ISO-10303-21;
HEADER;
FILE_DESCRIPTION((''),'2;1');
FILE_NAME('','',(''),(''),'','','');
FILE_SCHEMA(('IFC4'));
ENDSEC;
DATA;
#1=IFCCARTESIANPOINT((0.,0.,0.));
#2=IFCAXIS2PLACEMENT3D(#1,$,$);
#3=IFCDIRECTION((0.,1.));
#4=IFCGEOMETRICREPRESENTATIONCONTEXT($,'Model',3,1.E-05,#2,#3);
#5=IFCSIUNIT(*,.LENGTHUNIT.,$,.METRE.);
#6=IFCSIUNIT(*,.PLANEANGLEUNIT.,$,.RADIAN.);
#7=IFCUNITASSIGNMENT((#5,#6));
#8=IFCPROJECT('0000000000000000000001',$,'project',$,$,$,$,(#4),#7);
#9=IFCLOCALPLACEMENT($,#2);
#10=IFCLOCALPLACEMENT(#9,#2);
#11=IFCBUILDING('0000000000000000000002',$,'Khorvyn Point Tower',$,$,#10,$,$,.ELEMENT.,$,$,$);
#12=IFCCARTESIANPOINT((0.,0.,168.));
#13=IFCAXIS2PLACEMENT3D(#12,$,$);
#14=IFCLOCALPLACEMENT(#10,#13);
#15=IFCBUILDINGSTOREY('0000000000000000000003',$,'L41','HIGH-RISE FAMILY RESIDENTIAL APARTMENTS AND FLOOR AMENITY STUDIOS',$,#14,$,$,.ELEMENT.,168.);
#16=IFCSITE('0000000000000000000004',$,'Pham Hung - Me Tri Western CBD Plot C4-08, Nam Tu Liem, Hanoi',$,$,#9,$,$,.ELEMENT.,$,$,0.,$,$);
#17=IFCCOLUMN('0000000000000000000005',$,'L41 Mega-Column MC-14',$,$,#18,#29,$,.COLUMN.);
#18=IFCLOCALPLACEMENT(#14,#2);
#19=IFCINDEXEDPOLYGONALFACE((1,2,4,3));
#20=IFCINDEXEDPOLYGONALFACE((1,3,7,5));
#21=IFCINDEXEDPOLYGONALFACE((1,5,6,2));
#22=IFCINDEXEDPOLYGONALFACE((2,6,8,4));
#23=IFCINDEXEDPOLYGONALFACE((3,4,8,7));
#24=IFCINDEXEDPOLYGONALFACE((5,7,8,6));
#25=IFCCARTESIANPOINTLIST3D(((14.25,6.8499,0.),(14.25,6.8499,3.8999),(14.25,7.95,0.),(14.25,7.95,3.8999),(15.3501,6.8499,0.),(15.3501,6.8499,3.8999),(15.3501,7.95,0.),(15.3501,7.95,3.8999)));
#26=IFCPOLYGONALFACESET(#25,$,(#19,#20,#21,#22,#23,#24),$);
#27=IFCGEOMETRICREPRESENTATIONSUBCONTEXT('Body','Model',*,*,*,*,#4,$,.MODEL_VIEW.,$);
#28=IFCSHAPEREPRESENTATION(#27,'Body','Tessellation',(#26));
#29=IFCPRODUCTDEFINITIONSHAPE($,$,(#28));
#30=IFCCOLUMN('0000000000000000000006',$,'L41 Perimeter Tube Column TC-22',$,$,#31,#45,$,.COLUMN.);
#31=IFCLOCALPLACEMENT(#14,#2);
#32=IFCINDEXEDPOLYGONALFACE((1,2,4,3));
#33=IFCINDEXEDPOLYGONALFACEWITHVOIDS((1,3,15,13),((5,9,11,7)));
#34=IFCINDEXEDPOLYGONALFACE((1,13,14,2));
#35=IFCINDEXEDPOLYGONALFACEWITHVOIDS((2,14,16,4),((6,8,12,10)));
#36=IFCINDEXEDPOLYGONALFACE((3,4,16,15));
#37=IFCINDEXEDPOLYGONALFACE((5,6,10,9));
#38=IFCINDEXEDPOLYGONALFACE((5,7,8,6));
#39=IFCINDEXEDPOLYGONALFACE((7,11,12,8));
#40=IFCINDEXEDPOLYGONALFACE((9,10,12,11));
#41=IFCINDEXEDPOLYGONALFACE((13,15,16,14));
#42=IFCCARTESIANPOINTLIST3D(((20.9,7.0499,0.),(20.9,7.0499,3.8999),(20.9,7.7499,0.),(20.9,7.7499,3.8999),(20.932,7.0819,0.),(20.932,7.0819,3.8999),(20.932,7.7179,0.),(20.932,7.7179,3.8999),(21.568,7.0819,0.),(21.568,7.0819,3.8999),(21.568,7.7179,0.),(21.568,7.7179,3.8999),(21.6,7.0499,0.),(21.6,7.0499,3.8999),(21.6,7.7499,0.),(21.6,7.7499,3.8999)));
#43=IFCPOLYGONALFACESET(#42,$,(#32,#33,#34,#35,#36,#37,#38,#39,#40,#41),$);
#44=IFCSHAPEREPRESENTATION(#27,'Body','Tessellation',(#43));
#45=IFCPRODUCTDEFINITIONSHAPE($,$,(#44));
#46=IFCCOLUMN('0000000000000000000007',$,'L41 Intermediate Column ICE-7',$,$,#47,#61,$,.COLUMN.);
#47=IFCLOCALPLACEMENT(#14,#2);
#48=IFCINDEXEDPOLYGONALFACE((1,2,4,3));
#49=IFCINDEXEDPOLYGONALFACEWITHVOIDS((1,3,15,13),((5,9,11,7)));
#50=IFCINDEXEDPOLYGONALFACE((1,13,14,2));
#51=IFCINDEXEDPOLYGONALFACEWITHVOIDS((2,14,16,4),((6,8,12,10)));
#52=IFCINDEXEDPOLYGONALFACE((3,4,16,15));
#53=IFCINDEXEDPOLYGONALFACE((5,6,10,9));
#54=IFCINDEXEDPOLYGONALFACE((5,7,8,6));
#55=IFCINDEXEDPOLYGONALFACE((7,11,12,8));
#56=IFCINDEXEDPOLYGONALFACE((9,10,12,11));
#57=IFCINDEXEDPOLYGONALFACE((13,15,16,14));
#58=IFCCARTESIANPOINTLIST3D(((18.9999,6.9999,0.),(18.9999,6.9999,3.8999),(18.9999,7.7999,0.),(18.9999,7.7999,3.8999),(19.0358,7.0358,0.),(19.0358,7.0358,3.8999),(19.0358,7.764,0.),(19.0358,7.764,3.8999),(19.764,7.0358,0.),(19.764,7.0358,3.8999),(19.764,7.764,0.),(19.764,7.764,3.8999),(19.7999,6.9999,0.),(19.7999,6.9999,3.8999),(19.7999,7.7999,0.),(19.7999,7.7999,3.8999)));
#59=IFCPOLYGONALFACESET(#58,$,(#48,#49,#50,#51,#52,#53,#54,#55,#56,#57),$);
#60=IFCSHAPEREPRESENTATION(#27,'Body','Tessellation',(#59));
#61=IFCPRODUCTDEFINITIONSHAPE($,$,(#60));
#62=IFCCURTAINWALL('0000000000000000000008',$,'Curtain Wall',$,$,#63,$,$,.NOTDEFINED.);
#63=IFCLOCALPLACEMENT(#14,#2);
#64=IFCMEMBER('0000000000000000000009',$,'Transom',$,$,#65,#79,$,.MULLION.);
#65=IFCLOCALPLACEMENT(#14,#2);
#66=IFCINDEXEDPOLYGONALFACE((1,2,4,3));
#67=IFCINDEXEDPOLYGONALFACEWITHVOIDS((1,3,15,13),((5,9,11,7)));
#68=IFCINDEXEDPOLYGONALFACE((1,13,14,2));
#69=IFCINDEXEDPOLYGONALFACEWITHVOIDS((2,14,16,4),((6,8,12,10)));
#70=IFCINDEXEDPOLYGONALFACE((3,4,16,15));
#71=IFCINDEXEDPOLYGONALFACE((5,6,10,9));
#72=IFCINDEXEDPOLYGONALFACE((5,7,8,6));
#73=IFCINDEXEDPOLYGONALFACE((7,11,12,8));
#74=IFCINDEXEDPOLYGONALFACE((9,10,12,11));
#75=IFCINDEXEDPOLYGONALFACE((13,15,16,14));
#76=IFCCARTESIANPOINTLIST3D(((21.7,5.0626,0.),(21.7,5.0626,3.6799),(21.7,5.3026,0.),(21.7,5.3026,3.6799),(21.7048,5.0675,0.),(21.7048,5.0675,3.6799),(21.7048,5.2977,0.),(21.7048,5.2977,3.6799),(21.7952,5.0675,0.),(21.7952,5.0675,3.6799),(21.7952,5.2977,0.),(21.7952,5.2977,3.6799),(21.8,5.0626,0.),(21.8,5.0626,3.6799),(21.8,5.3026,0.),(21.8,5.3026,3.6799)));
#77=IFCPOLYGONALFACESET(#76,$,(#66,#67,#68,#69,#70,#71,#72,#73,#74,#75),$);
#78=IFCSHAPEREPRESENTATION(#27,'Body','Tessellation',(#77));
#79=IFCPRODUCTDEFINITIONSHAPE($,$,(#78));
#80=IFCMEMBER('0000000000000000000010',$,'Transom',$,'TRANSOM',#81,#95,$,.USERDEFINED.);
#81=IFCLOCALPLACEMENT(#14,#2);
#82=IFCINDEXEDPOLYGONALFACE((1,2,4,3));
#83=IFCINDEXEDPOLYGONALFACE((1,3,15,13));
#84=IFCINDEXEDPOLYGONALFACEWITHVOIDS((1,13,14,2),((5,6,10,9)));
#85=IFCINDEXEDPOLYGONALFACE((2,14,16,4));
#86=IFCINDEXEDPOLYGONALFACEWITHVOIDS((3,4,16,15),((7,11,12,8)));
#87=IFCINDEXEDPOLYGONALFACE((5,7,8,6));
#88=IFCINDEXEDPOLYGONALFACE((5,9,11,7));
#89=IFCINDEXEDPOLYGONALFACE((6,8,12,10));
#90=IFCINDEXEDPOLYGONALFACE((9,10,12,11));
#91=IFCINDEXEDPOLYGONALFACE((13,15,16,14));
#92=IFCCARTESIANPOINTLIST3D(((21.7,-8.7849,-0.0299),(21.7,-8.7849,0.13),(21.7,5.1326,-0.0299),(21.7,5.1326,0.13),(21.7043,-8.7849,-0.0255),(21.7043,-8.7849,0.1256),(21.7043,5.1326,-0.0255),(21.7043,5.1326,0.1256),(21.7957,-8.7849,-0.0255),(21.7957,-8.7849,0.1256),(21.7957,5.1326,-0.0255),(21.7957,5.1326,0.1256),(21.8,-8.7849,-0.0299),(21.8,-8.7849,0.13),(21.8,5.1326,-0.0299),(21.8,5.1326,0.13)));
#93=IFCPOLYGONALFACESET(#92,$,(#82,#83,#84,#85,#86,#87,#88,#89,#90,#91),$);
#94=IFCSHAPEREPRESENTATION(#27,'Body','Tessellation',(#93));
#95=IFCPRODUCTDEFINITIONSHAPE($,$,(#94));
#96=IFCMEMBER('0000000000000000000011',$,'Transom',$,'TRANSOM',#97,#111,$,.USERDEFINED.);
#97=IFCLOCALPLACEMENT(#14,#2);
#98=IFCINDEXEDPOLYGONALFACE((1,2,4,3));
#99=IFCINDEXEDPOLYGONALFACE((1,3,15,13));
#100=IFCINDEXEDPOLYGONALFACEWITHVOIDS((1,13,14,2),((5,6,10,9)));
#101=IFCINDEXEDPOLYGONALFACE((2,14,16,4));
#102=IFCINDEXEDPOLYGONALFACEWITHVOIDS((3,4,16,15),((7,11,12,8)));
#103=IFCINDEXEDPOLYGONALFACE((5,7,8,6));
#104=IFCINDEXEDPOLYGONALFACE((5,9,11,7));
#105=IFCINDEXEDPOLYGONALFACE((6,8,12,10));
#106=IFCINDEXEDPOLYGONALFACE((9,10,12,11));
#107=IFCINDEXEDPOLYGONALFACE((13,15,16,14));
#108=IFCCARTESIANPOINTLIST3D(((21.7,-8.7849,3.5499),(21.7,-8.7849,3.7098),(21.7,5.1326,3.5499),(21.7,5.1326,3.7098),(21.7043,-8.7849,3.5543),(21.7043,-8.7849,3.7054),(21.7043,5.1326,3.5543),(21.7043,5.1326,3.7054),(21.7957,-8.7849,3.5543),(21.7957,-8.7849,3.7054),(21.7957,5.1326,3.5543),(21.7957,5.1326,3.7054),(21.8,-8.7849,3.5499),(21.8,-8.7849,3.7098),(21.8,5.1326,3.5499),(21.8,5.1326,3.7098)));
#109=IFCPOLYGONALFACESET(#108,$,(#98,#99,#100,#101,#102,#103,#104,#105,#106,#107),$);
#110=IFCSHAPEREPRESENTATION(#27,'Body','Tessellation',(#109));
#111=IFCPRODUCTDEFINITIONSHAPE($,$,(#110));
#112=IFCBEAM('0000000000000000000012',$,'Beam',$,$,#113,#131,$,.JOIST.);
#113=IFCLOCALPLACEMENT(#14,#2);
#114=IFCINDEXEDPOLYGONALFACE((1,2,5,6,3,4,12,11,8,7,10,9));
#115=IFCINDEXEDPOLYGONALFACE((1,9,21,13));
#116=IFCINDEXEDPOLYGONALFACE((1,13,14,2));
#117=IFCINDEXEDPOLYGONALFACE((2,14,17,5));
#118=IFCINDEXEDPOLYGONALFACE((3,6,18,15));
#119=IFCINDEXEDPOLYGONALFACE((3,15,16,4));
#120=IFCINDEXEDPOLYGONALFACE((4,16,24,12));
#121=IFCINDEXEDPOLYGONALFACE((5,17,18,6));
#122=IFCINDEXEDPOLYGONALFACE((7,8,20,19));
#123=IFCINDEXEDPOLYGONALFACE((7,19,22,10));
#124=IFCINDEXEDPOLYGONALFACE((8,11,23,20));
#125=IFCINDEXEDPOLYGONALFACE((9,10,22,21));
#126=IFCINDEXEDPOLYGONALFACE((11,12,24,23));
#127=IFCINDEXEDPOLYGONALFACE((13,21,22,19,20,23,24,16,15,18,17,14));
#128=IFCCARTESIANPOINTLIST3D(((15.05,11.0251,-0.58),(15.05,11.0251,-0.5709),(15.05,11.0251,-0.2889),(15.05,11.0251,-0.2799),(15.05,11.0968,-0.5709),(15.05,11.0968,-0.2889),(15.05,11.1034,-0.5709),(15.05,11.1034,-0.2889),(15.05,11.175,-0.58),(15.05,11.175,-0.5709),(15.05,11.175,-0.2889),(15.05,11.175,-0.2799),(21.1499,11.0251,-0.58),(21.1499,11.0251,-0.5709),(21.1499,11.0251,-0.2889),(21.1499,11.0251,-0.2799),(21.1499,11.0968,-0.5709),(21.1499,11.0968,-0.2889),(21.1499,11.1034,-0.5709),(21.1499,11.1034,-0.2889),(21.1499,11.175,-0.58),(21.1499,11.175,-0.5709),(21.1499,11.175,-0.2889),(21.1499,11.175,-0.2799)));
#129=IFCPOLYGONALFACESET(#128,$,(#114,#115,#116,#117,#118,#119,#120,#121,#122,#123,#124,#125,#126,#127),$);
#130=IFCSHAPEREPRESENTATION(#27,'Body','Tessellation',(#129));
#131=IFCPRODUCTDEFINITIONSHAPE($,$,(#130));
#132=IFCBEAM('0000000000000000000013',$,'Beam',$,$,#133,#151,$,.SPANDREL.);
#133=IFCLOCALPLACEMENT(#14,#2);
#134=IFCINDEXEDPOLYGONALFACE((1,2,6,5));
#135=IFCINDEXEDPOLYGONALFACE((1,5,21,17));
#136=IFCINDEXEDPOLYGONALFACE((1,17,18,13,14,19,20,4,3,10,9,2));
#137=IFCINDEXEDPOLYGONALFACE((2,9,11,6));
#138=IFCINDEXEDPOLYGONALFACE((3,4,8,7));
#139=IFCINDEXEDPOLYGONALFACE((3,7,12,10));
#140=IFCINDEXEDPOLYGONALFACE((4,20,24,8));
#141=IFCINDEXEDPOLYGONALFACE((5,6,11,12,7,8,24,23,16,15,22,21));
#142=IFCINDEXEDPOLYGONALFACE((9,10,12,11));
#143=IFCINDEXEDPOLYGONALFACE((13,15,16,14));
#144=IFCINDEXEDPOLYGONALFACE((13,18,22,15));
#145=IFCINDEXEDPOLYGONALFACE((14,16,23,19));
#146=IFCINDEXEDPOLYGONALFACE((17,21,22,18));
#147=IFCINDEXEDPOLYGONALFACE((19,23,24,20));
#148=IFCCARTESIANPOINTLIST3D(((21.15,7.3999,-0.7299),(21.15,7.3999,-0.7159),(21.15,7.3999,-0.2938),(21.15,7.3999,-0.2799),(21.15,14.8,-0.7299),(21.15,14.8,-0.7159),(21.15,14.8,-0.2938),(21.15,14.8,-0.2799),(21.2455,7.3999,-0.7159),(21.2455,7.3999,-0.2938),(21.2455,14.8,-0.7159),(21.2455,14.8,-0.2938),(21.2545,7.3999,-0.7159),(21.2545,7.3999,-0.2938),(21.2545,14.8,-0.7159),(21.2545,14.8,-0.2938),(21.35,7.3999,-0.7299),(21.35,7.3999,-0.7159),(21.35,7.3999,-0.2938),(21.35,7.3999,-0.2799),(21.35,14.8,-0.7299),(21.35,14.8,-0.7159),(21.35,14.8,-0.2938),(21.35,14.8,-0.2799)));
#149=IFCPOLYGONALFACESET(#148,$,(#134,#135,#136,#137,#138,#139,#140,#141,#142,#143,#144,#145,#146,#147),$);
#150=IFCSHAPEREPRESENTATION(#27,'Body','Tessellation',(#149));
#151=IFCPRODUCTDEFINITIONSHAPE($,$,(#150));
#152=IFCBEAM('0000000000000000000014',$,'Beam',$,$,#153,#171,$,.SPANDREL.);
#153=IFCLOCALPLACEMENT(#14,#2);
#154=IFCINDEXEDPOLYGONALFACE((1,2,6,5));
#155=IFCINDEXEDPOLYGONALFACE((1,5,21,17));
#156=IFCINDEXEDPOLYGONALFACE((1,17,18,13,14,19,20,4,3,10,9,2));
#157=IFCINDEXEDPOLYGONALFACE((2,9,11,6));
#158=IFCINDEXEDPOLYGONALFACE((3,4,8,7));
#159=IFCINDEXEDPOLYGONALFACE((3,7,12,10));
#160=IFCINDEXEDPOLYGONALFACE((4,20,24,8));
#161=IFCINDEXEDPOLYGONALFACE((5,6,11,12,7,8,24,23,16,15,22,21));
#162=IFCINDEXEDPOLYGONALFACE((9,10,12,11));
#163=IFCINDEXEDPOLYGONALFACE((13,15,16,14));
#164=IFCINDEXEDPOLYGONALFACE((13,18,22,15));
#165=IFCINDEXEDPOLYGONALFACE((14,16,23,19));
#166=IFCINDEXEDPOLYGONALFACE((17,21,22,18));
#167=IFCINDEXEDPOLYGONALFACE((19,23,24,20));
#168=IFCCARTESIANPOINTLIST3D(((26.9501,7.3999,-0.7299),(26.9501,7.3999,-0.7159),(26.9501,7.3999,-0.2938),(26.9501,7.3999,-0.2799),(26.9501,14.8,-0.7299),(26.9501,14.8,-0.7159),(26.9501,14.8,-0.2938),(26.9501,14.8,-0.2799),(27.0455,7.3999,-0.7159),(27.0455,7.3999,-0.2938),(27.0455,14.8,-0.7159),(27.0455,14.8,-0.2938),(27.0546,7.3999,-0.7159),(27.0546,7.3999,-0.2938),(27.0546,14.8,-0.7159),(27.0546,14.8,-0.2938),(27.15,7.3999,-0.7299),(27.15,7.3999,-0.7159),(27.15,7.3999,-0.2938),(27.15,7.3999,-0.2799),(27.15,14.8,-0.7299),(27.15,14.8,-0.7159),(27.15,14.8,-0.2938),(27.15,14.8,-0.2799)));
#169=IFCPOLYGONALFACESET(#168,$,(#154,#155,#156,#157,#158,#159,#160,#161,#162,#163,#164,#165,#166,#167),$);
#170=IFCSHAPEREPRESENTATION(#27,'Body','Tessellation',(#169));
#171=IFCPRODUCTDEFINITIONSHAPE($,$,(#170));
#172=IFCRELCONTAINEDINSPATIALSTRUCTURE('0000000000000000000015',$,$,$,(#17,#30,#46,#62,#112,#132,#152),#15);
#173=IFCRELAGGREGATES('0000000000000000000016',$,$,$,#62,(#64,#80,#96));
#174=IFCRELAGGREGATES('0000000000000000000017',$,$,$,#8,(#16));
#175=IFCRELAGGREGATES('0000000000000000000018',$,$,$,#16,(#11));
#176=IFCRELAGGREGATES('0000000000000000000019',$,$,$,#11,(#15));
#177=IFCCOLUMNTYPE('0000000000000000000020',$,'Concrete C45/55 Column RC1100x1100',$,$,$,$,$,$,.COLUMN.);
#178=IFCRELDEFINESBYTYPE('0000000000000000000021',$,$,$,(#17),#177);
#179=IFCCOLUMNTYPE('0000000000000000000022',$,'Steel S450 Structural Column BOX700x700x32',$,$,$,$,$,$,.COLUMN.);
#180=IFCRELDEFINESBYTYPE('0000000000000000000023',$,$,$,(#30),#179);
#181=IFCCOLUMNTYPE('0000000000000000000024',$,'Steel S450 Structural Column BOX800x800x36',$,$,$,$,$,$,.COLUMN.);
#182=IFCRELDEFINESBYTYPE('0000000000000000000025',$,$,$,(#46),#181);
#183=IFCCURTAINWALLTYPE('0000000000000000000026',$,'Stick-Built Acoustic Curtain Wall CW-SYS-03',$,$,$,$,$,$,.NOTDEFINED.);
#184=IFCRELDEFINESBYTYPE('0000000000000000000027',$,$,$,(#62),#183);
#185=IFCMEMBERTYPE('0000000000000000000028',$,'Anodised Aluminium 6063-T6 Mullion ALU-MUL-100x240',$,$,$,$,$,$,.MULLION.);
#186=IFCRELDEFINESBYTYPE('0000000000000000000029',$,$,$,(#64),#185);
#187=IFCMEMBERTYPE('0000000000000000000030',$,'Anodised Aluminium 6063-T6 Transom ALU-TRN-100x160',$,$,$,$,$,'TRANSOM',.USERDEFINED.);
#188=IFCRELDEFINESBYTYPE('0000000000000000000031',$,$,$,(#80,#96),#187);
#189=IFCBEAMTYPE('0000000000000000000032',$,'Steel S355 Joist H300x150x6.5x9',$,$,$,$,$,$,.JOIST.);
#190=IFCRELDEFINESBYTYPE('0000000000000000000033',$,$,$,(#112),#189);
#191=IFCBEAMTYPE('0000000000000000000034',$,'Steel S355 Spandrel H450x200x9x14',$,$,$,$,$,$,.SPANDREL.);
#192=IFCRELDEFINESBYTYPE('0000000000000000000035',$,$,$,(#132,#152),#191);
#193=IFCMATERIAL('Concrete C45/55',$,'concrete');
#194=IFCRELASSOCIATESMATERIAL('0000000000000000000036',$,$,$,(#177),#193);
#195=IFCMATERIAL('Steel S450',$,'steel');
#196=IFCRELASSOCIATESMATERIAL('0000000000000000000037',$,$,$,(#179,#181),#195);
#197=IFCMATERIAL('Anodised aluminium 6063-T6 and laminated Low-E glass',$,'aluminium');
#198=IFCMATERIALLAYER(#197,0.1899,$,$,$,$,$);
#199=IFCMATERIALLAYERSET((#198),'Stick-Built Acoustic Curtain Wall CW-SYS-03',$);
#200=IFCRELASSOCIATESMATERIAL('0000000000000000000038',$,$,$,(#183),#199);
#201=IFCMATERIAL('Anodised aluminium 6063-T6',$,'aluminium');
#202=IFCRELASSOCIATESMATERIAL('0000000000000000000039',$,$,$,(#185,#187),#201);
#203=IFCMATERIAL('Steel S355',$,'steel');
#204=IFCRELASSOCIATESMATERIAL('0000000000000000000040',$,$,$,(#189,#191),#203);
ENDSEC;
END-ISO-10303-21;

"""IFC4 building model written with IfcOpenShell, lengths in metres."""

from ifc_helpers import new_model, si_unit, direction, frame, origin, origin_2d, place, context, subcontext, project, spatial, rectangle, hollow_rectangle, i_section, extrude, material, layer, layer_set, material_profile, profile_set, type_object, element, aggregate, save


model = new_model("IFC4")

# Units and contexts
model_context = context("Model", 3, precision=1e-05, world=origin(), true_north=direction((0.0, 1.0)))
body_context = subcontext(model_context, "Body", "Model", "MODEL_VIEW")
ifc_project = project(units=[si_unit("LENGTHUNIT", "METRE"), si_unit("PLANEANGLEUNIT", "RADIAN")], contexts=[model_context])

# Site, building, storey
site_placement = place(None, origin())
site = spatial("IfcSite", under=ifc_project, at=site_placement, Name="Pham Hung - Me Tri Western CBD Plot C4-08, Nam Tu Liem, Hanoi", CompositionType="ELEMENT", RefElevation=0.0)
building_placement = place(site_placement, origin())
building = spatial("IfcBuilding", under=site, at=building_placement, Name="Khorvyn Point Tower", CompositionType="ELEMENT")
storey_placement = place(building_placement, frame((0.0, 0.0, 168.0)))
storey = spatial("IfcBuildingStorey", under=building, at=storey_placement, Name="L41", Description="HIGH-RISE FAMILY RESIDENTIAL APARTMENTS AND FLOOR AMENITY STUDIOS", CompositionType="ELEMENT", Elevation=168.0)

# Columns
ifc_material_1 = material(Name="Concrete C45/55", Category="concrete")
ifc_material_profile_1 = material_profile(ifc_material_1, rectangle(XDim=1.1001, YDim=1.1001, at=origin_2d()))
ifc_profile_set_1 = profile_set([ifc_material_profile_1], Name="Concrete C45/55 RC1100x1100")
column_type_1 = type_object("IfcColumnType", Name="Concrete C45/55 Column RC1100x1100", PredefinedType="COLUMN", material=ifc_profile_set_1)
column_1_placement = place(storey_placement, frame((14.8, 7.3999, 0.0), z_axis=(0.0, 0.0, 1.0), x_axis=(1.0, 0.0, 0.0)))
element("IfcColumn", 1, at=column_1_placement, inside=storey, type_object=column_type_1, Name="L41 Mega-Column MC-14", PredefinedType="COLUMN", context=body_context, shape_type="SweptSolid", body=[
    extrude(rectangle(XDim=1.1001, YDim=1.1001, at=origin_2d()), origin(), (0.0, 0.0, 1.0), 3.8999),
])
ifc_material_2 = material(Name="Steel S450", Category="steel")
ifc_material_profile_2 = material_profile(ifc_material_2, hollow_rectangle(XDim=0.7, YDim=0.7, WallThickness=0.032, at=origin_2d()))
ifc_profile_set_2 = profile_set([ifc_material_profile_2], Name="Steel S450 BOX700x700x32")
column_type_2 = type_object("IfcColumnType", Name="Steel S450 Structural Column BOX700x700x32", PredefinedType="COLUMN", material=ifc_profile_set_2)
column_2_placement = place(storey_placement, frame((21.25, 7.3999, 0.0), z_axis=(0.0, 0.0, 1.0), x_axis=(1.0, 0.0, 0.0)))
element("IfcColumn", 2, at=column_2_placement, inside=storey, type_object=column_type_2, Name="L41 Perimeter Tube Column TC-22", PredefinedType="COLUMN", context=body_context, shape_type="SweptSolid", body=[
    extrude(hollow_rectangle(XDim=0.7, YDim=0.7, WallThickness=0.032, at=origin_2d()), origin(), (0.0, 0.0, 1.0), 3.8999),
])
ifc_material_profile_3 = material_profile(ifc_material_2, hollow_rectangle(XDim=0.8, YDim=0.8, WallThickness=0.0359, at=origin_2d()))
ifc_profile_set_3 = profile_set([ifc_material_profile_3], Name="Steel S450 BOX800x800x36")
column_type_3 = type_object("IfcColumnType", Name="Steel S450 Structural Column BOX800x800x36", PredefinedType="COLUMN", material=ifc_profile_set_3)
column_3_placement = place(storey_placement, frame((19.3999, 7.3999, 0.0), z_axis=(0.0, 0.0, 1.0), x_axis=(1.0, 0.0, 0.0)))
element("IfcColumn", 3, at=column_3_placement, inside=storey, type_object=column_type_3, Name="L41 Intermediate Column ICE-7", PredefinedType="COLUMN", context=body_context, shape_type="SweptSolid", body=[
    extrude(hollow_rectangle(XDim=0.8, YDim=0.8, WallThickness=0.0359, at=origin_2d()), origin(), (0.0, 0.0, 1.0), 3.8999),
])

# Curtain wall, members
ifc_material_3 = material(Name="Anodised aluminium 6063-T6 and laminated Low-E glass", Category="aluminium")
ifc_layer_1 = layer(ifc_material_3, 0.1899)
ifc_layer_set_1 = layer_set([ifc_layer_1], Name="Stick-Built Acoustic Curtain Wall CW-SYS-03")
curtain_wall_type = type_object("IfcCurtainWallType", Name="Stick-Built Acoustic Curtain Wall CW-SYS-03", PredefinedType="NOTDEFINED", material=ifc_layer_set_1)
curtain_wall_placement = place(storey_placement, origin())
curtain_wall = element("IfcCurtainWall", 4, at=curtain_wall_placement, inside=storey, type_object=curtain_wall_type, Name="Curtain Wall", PredefinedType="NOTDEFINED")
ifc_material_4 = material(Name="Anodised aluminium 6063-T6", Category="aluminium")
ifc_material_profile_4 = material_profile(ifc_material_4, hollow_rectangle(XDim=0.1001, YDim=0.24, WallThickness=0.0049, at=origin_2d()))
ifc_profile_set_4 = profile_set([ifc_material_profile_4], Name="Anodised aluminium 6063-T6 ALU-MUL-100x240")
member_type_1 = type_object("IfcMemberType", Name="Anodised Aluminium 6063-T6 Mullion ALU-MUL-100x240", PredefinedType="MULLION", material=ifc_profile_set_4)
member_1_placement = place(storey_placement, frame((21.75, 5.1826, 0.0), z_axis=(0.0, 0.0, 1.0), x_axis=(1.0, 0.0, 0.0)))
member_1 = element("IfcMember", 5, at=member_1_placement, type_object=member_type_1, Name="Transom", PredefinedType="MULLION", context=body_context, shape_type="SweptSolid", body=[
    extrude(hollow_rectangle(XDim=0.1001, YDim=0.24, WallThickness=0.0049, at=origin_2d()), origin(), (0.0, 0.0, 1.0), 3.6799),
])
ifc_material_profile_5 = material_profile(ifc_material_4, hollow_rectangle(XDim=0.1001, YDim=0.1599, WallThickness=0.0044, at=origin_2d()))
ifc_profile_set_5 = profile_set([ifc_material_profile_5], Name="Anodised aluminium 6063-T6 ALU-TRN-100x160")
member_type_2 = type_object("IfcMemberType", Name="Anodised Aluminium 6063-T6 Transom ALU-TRN-100x160", ElementType="TRANSOM", PredefinedType="USERDEFINED", material=ifc_profile_set_5)
member_2_placement = place(storey_placement, frame((21.75, 5.1326, 0.05), z_axis=(0.0, -1.0, 0.0), x_axis=(1.0, 0.0, 0.0)))
member_2 = element("IfcMember", 6, at=member_2_placement, type_object=member_type_2, Name="Transom", ObjectType="TRANSOM", PredefinedType="USERDEFINED", context=body_context, shape_type="SweptSolid", body=[
    extrude(hollow_rectangle(XDim=0.1001, YDim=0.1599, WallThickness=0.0044, at=origin_2d()), origin(), (0.0, 0.0, 1.0), 13.9175),
])
member_3_placement = place(storey_placement, frame((21.75, 5.1326, 3.6299), z_axis=(0.0, -1.0, 0.0), x_axis=(1.0, 0.0, 0.0)))
member_3 = element("IfcMember", 7, at=member_3_placement, type_object=member_type_2, Name="Transom", ObjectType="TRANSOM", PredefinedType="USERDEFINED", context=body_context, shape_type="SweptSolid", body=[
    extrude(hollow_rectangle(XDim=0.1001, YDim=0.1599, WallThickness=0.0044, at=origin_2d()), origin(), (0.0, 0.0, 1.0), 13.9175),
])

# Beams
ifc_material_5 = material(Name="Steel S355", Category="steel")
ifc_material_profile_6 = material_profile(ifc_material_5, i_section(OverallWidth=0.1499, OverallDepth=0.3, WebThickness=0.0066, FlangeThickness=0.009, at=origin_2d()))
ifc_profile_set_6 = profile_set([ifc_material_profile_6], Name="Steel S355 H300x150x6.5x9")
beam_type_1 = type_object("IfcBeamType", Name="Steel S355 Joist H300x150x6.5x9", PredefinedType="JOIST", material=ifc_profile_set_6)
beam_1_placement = place(storey_placement, frame((15.05, 11.1001, -0.4299), z_axis=(1.0, 0.0, 0.0), x_axis=(0.0, 1.0, 0.0)))
element("IfcBeam", 8, at=beam_1_placement, inside=storey, type_object=beam_type_1, Name="Beam", PredefinedType="JOIST", context=body_context, shape_type="SweptSolid", body=[
    extrude(i_section(OverallWidth=0.1499, OverallDepth=0.3, WebThickness=0.0066, FlangeThickness=0.009, at=origin_2d()), origin(), (0.0, 0.0, 1.0), 6.0999),
])
ifc_material_profile_7 = material_profile(ifc_material_5, i_section(OverallWidth=0.2, OverallDepth=0.45, WebThickness=0.009, FlangeThickness=0.0139, at=origin_2d()))
ifc_profile_set_7 = profile_set([ifc_material_profile_7], Name="Steel S355 H450x200x9x14")
beam_type_2 = type_object("IfcBeamType", Name="Steel S355 Spandrel H450x200x9x14", PredefinedType="SPANDREL", material=ifc_profile_set_7)
for number, where, z_axis, x_axis, name in (
    (9, (21.25, 7.3999, -0.5049), (0.0, 1.0, 0.0), (-1.0, 0.0, 0.0), "Beam"),
    (10, (27.05, 7.3999, -0.5049), (0.0, 1.0, 0.0), (-1.0, 0.0, 0.0), "Beam"),
):
    element("IfcBeam", number, at=place(storey_placement, frame(where, z_axis=z_axis, x_axis=x_axis)), inside=storey, type_object=beam_type_2, Name=name, PredefinedType="SPANDREL", context=body_context, shape_type="SweptSolid", body=[
        extrude(i_section(OverallWidth=0.2, OverallDepth=0.45, WebThickness=0.009, FlangeThickness=0.0139, at=origin_2d()), origin(), (0.0, 0.0, 1.0), 7.4001),
    ])

aggregate(curtain_wall, [member_1, member_2, member_3])

save(model, "model.ifc")
